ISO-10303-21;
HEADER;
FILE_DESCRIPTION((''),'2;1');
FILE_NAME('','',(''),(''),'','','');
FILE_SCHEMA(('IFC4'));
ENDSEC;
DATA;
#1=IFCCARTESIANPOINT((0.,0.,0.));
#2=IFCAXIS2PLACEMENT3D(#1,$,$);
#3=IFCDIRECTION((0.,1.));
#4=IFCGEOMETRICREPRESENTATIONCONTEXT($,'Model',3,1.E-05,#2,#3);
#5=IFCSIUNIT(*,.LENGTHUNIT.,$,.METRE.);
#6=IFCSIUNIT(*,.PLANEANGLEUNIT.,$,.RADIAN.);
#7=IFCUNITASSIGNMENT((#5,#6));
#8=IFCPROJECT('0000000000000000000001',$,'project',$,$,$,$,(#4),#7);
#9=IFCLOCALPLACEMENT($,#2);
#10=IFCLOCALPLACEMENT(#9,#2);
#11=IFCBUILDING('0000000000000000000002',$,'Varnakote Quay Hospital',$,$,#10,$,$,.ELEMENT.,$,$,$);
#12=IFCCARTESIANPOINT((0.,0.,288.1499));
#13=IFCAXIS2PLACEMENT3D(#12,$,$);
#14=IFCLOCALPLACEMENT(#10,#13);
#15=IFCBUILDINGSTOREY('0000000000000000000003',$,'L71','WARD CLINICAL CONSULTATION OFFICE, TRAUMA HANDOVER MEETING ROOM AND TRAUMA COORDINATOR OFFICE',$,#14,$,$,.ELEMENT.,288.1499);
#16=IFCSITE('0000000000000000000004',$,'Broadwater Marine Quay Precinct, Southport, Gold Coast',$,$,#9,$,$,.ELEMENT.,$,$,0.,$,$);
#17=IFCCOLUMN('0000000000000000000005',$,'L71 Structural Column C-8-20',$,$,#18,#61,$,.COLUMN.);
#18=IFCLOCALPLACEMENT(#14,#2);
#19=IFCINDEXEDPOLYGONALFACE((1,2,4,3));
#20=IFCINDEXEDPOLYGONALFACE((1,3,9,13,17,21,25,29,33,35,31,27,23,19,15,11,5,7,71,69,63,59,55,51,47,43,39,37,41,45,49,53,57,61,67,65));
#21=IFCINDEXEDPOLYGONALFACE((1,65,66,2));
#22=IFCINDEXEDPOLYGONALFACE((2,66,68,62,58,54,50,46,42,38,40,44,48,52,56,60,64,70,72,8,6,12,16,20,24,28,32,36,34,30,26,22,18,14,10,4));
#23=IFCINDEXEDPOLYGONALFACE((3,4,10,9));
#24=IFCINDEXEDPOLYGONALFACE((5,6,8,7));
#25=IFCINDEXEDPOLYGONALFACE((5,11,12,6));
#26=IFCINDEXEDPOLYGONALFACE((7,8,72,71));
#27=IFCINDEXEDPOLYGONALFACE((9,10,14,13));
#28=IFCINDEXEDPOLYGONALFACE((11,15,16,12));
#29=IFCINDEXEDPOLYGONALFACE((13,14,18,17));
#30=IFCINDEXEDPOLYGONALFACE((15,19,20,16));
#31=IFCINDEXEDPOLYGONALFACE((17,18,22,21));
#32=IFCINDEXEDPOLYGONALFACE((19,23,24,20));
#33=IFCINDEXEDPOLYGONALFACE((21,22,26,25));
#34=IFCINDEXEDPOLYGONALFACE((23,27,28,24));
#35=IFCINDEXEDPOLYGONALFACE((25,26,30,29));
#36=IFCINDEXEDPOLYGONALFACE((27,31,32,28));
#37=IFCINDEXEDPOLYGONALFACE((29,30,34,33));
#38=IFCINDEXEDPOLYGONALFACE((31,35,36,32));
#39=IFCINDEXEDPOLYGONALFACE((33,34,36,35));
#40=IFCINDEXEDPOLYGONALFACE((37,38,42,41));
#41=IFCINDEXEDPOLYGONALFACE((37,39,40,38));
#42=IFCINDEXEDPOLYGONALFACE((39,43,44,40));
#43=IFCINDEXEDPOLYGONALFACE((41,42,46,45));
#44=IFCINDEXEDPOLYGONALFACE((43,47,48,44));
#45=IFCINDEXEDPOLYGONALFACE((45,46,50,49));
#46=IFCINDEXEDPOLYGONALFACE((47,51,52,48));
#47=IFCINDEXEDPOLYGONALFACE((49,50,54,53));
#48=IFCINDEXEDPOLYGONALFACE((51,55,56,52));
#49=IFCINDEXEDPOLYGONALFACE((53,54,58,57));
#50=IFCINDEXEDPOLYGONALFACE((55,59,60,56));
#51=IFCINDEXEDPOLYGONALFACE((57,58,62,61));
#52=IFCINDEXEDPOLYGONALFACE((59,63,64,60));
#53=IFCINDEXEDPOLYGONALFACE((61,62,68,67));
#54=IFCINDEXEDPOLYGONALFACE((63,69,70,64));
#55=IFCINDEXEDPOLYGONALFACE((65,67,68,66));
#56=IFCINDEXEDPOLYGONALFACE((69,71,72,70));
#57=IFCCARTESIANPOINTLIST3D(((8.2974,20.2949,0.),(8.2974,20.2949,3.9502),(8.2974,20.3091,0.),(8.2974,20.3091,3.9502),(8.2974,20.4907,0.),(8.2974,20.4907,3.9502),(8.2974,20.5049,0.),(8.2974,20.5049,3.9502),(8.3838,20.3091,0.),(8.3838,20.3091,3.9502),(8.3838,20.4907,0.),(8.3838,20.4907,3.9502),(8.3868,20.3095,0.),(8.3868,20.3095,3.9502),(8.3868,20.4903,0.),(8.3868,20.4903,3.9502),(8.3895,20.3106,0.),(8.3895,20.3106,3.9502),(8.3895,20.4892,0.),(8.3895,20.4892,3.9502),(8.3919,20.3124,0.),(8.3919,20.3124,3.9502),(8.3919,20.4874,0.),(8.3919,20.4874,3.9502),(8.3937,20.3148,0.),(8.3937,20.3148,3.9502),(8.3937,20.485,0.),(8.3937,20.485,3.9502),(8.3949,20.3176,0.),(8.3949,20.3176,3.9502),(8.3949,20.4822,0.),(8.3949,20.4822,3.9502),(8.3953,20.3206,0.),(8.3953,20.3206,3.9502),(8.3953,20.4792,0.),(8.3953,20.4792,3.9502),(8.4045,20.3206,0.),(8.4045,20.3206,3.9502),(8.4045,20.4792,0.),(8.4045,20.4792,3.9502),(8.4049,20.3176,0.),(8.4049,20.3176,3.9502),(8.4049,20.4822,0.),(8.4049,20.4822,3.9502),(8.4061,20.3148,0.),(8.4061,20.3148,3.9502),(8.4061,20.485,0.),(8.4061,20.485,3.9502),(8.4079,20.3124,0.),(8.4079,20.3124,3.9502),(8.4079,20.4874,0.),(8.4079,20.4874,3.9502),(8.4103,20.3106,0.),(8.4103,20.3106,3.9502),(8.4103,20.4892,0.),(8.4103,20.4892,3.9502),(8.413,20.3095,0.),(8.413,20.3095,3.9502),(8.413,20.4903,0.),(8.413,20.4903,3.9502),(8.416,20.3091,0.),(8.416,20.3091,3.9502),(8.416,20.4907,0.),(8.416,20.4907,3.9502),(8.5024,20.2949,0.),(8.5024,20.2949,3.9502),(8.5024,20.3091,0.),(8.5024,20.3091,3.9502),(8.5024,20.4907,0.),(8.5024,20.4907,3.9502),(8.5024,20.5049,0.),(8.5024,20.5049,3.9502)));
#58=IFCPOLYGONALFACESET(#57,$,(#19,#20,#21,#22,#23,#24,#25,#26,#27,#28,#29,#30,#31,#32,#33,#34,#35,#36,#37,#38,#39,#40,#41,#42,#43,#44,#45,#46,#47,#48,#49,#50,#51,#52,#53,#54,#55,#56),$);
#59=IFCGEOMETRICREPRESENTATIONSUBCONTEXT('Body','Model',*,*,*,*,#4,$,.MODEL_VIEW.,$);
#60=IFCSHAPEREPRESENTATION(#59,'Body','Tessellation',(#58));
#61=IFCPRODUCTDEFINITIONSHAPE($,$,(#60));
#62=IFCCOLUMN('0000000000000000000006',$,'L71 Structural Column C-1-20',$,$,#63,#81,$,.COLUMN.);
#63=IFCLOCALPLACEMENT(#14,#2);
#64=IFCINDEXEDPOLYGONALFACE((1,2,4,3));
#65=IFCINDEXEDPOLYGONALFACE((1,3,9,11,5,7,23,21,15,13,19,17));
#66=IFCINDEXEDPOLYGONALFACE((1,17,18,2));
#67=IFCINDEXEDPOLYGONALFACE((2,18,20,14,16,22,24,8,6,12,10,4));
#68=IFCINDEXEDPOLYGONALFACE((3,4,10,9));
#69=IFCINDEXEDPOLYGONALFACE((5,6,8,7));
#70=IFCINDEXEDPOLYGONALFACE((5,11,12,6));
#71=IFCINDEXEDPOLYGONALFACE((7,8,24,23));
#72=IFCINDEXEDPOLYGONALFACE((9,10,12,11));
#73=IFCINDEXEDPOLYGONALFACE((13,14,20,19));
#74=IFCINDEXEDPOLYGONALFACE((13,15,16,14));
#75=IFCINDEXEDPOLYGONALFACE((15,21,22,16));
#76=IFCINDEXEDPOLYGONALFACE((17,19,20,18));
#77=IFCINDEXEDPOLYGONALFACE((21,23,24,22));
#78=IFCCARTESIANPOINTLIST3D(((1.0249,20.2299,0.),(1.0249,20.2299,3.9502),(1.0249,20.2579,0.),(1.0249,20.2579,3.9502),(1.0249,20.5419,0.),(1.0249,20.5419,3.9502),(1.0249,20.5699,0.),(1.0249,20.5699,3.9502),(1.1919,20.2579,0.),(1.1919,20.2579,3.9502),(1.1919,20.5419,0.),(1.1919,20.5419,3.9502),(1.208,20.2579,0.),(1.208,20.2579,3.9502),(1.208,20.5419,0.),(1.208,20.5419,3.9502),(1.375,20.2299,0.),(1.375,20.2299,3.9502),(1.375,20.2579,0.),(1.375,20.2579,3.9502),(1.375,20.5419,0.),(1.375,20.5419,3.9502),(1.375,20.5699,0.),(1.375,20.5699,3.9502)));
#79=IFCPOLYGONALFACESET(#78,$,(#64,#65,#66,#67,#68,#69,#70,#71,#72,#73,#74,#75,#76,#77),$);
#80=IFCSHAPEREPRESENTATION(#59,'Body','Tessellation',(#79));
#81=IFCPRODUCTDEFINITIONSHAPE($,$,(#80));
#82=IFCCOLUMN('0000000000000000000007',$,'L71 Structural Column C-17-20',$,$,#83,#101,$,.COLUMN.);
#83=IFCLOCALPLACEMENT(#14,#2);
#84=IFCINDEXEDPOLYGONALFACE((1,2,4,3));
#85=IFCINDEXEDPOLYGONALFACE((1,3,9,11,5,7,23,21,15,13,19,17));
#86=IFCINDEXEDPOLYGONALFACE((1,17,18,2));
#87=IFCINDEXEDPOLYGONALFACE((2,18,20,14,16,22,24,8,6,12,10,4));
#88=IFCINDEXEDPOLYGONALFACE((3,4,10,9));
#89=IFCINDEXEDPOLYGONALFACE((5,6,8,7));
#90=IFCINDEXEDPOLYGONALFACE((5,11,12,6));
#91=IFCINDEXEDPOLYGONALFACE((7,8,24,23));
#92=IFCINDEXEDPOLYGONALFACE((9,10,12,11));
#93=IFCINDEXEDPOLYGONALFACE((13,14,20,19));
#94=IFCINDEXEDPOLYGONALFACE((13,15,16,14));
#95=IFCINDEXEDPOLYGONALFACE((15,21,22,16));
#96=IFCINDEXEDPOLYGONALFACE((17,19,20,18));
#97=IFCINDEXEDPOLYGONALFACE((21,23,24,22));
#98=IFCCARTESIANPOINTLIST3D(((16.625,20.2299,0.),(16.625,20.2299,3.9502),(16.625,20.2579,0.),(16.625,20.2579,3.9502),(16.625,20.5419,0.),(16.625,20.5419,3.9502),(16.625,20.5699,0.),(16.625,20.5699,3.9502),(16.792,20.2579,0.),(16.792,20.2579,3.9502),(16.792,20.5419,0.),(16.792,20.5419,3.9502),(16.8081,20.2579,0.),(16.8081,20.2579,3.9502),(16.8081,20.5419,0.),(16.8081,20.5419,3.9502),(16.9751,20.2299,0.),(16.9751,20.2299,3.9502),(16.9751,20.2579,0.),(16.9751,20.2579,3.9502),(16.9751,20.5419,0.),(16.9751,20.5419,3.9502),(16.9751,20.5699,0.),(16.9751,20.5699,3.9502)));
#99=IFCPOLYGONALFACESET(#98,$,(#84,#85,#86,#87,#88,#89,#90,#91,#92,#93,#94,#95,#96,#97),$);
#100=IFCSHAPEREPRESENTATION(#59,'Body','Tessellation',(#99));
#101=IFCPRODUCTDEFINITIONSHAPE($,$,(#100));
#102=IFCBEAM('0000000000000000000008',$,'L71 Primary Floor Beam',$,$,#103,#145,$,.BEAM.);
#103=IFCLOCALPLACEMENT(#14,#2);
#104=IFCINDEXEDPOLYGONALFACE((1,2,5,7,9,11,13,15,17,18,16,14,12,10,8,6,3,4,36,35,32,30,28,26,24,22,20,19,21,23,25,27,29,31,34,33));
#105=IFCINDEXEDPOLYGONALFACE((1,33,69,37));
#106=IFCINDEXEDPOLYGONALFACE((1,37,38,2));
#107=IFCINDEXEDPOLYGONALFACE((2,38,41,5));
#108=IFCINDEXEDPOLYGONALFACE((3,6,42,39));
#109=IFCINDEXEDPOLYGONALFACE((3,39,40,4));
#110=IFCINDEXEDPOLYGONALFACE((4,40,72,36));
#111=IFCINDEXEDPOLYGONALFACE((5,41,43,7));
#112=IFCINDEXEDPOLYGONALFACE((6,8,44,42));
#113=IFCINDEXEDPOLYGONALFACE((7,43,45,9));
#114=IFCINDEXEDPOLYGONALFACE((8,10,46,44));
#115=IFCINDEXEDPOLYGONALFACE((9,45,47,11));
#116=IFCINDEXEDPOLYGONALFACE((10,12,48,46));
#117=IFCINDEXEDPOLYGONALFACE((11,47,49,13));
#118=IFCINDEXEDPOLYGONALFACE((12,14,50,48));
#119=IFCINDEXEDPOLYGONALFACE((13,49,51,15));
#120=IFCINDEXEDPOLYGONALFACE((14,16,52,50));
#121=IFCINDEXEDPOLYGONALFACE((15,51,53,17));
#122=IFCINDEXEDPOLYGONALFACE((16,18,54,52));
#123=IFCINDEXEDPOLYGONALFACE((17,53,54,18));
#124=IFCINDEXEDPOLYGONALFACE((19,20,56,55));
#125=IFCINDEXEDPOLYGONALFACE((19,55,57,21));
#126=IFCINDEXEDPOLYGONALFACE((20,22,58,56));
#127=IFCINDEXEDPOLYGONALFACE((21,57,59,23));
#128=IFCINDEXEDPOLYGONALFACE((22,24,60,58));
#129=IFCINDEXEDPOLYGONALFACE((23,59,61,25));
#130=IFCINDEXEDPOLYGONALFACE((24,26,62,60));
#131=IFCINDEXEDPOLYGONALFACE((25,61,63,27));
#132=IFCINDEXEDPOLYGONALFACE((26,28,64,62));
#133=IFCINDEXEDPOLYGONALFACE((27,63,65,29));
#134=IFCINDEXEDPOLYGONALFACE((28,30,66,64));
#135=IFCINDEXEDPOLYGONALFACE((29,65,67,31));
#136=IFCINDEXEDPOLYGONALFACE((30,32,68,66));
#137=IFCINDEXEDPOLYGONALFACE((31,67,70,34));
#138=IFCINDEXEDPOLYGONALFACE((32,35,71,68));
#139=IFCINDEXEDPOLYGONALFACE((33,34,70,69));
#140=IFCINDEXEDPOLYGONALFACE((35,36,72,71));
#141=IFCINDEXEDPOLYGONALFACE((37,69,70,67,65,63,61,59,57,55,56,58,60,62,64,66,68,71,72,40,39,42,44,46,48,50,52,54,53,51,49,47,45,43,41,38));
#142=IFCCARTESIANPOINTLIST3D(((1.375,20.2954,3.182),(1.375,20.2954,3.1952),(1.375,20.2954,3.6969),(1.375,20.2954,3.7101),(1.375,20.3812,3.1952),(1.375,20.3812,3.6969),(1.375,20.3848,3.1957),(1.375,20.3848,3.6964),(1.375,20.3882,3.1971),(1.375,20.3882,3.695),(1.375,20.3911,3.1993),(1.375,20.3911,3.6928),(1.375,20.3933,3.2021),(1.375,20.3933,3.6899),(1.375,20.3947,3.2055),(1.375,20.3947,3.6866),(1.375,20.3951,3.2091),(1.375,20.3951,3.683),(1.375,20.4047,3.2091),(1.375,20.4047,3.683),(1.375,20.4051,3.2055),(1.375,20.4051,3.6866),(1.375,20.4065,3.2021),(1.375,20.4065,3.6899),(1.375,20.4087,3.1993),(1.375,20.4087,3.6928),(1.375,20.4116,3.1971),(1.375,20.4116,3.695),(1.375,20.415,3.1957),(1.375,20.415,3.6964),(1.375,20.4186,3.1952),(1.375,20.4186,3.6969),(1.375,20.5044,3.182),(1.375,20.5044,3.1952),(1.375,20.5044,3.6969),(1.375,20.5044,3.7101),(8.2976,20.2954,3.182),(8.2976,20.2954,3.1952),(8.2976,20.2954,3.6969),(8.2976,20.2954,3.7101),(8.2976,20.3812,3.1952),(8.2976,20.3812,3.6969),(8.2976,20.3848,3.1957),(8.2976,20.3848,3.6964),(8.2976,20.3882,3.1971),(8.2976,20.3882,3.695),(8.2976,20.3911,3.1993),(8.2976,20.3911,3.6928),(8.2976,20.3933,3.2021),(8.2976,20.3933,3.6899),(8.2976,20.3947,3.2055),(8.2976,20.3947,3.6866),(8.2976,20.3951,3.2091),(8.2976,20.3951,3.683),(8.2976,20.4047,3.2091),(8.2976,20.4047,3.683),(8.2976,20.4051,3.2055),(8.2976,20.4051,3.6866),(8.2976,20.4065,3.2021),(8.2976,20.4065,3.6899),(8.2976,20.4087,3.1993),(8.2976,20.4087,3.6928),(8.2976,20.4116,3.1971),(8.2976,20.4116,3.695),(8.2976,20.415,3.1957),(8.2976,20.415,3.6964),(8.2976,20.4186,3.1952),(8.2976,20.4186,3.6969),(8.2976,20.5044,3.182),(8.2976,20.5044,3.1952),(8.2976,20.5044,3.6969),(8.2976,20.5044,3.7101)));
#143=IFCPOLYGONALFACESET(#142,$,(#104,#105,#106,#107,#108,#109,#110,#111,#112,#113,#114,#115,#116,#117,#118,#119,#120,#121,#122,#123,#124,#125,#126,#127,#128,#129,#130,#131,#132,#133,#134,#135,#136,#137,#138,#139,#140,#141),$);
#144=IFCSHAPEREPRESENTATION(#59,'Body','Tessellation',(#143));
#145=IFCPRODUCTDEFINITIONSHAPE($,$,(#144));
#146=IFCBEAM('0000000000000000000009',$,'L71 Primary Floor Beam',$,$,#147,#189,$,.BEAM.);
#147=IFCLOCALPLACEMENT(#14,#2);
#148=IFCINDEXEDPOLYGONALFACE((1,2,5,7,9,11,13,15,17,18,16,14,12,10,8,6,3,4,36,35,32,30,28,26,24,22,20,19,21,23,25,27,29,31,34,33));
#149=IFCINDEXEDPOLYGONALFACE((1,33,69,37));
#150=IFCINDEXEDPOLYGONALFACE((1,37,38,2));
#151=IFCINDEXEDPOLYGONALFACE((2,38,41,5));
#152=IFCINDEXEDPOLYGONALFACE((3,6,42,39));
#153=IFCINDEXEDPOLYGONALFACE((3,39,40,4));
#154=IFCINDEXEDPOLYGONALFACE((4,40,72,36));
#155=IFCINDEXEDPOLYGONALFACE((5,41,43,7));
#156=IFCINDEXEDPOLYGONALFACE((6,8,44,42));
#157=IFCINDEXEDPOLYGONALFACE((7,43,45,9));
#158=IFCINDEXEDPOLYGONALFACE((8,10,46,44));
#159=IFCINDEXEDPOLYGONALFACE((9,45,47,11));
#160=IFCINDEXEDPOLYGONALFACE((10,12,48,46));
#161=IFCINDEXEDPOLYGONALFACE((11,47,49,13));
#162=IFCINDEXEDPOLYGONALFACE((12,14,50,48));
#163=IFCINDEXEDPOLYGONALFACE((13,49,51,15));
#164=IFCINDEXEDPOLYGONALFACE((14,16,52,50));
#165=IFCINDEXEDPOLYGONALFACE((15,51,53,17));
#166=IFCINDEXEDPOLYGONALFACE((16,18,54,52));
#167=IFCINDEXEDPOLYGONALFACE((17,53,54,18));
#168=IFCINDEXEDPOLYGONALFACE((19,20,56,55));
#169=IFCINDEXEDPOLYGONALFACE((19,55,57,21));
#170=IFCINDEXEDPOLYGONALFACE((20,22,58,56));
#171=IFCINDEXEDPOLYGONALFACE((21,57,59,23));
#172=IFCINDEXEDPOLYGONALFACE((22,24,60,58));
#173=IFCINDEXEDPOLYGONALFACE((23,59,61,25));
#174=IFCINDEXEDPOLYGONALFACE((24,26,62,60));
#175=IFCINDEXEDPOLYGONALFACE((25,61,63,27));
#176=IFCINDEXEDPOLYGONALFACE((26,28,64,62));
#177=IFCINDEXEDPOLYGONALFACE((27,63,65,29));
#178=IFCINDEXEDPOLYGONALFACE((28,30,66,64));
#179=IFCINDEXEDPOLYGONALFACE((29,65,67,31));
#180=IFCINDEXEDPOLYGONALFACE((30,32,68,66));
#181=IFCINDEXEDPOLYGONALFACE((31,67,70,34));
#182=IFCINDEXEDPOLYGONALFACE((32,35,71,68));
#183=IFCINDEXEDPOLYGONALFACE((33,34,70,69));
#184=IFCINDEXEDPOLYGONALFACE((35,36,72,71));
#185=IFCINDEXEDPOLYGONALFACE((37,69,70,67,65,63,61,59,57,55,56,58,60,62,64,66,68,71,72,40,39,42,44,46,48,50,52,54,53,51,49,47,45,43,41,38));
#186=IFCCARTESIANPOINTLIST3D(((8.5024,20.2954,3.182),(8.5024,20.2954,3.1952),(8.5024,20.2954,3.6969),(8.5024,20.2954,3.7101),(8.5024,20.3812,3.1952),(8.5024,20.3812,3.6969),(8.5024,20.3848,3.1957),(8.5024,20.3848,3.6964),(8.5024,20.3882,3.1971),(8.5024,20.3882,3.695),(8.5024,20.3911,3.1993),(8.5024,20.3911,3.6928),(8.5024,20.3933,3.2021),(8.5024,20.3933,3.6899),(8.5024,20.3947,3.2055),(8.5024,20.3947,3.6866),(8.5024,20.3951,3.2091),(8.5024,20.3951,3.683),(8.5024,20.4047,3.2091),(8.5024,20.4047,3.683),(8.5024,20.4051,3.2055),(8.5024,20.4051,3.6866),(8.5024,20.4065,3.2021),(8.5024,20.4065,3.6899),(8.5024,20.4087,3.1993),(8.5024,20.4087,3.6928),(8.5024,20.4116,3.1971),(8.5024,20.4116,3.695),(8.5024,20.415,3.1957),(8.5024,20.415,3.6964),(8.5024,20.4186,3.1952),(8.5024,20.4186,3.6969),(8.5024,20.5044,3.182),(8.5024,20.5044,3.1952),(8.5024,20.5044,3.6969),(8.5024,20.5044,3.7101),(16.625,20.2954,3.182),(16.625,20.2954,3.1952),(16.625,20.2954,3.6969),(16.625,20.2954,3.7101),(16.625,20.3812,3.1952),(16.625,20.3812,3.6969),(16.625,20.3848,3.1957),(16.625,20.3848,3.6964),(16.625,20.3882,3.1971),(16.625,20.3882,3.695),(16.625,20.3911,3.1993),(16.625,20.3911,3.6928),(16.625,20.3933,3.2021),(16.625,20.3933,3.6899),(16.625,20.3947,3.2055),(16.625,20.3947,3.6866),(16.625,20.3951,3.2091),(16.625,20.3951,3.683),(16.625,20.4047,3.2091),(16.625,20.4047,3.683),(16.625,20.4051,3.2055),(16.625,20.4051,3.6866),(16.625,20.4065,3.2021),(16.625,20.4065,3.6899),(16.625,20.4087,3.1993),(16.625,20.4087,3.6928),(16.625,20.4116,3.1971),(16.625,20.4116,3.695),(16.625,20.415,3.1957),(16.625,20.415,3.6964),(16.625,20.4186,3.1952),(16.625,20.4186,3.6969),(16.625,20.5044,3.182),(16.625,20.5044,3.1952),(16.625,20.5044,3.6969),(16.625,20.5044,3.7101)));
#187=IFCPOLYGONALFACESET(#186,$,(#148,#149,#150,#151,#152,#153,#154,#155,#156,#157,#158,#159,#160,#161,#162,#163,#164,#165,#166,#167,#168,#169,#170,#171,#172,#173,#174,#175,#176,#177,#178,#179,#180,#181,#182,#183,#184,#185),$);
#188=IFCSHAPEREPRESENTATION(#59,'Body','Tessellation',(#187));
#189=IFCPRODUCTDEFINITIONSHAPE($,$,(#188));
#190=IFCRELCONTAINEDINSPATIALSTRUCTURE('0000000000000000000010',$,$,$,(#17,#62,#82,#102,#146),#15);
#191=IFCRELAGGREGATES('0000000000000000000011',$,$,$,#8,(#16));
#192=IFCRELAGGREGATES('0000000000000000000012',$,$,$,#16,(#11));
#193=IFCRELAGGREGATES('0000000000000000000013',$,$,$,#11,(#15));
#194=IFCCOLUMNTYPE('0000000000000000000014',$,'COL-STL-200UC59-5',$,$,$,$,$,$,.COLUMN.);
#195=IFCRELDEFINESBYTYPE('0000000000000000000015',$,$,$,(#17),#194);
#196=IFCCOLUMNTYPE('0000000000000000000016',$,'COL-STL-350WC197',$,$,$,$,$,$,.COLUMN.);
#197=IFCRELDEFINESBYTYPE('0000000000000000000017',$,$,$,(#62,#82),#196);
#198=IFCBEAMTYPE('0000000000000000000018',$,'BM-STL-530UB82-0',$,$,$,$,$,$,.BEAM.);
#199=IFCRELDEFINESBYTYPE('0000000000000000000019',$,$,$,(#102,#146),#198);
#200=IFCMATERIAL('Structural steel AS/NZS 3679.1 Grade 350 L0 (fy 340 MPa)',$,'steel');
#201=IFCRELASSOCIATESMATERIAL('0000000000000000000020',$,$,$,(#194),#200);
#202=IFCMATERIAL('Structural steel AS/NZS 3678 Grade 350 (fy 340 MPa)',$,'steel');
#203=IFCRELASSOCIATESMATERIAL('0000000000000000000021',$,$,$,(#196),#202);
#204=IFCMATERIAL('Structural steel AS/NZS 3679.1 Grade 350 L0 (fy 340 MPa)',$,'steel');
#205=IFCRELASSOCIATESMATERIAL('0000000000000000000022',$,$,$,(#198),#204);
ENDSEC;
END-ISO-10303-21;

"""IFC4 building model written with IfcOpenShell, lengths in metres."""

from ifc_helpers import new_model, si_unit, direction, frame, origin, origin_2d, place, context, subcontext, project, spatial, i_section, extrude, material, material_profile, profile_set, type_object, element, save


model = new_model("IFC4")

# Units and contexts
model_context = context("Model", 3, precision=1e-05, world=origin(), true_north=direction((0.0, 1.0)))
body_context = subcontext(model_context, "Body", "Model", "MODEL_VIEW")
ifc_project = project(units=[si_unit("LENGTHUNIT", "METRE"), si_unit("PLANEANGLEUNIT", "RADIAN")], contexts=[model_context])

# Site, building, storey
site_placement = place(None, origin())
site = spatial("IfcSite", under=ifc_project, at=site_placement, Name="Broadwater Marine Quay Precinct, Southport, Gold Coast", CompositionType="ELEMENT", RefElevation=0.0)
building_placement = place(site_placement, origin())
building = spatial("IfcBuilding", under=site, at=building_placement, Name="Varnakote Quay Hospital", CompositionType="ELEMENT")
storey_placement = place(building_placement, frame((0.0, 0.0, 288.1499)))
storey = spatial("IfcBuildingStorey", under=building, at=storey_placement, Name="L71", Description="WARD CLINICAL CONSULTATION OFFICE, TRAUMA HANDOVER MEETING ROOM AND TRAUMA COORDINATOR OFFICE", CompositionType="ELEMENT", Elevation=288.1499)

# Columns
ifc_material_1 = material(Name="Structural steel AS/NZS 3679.1 Grade 350 L0 (fy 340 MPa)", Category="steel")
ifc_material_profile_1 = material_profile(ifc_material_1, i_section(OverallWidth=0.2051, OverallDepth=0.21, WebThickness=0.0093, FlangeThickness=0.0142, FilletRadius=0.0115, at=origin_2d()), Name="200UC59.5")
ifc_profile_set_1 = profile_set([ifc_material_profile_1], Name="Structural steel AS/NZS 3679.1 Grade 350 L0 (fy 340 MPa)")
column_type_1 = type_object("IfcColumnType", Name="COL-STL-200UC59-5", PredefinedType="COLUMN", material=ifc_profile_set_1)
column_placement = place(storey_placement, frame((8.3999, 20.3999, 0.0), z_axis=(0.0, 0.0, 1.0), x_axis=(1.0, 0.0, 0.0)))
element("IfcColumn", 1, at=column_placement, inside=storey, type_object=column_type_1, Name="L71 Structural Column C-8-20", PredefinedType="COLUMN", context=body_context, shape_type="SweptSolid", body=[
    extrude(i_section(OverallWidth=0.2051, OverallDepth=0.21, WebThickness=0.0093, FlangeThickness=0.0142, FilletRadius=0.0115, at=origin_2d()), origin(), (0.0, 0.0, 1.0), 3.9502),
])
ifc_material_2 = material(Name="Structural steel AS/NZS 3678 Grade 350 (fy 340 MPa)", Category="steel")
ifc_material_profile_2 = material_profile(ifc_material_2, i_section(OverallWidth=0.3501, OverallDepth=0.3401, WebThickness=0.0161, FlangeThickness=0.0281, at=origin_2d()), Name="350WC197")
ifc_profile_set_2 = profile_set([ifc_material_profile_2], Name="Structural steel AS/NZS 3678 Grade 350 (fy 340 MPa)")
column_type_2 = type_object("IfcColumnType", Name="COL-STL-350WC197", PredefinedType="COLUMN", material=ifc_profile_set_2)
for number, where, z_axis, x_axis, name in (
    (2, (1.2, 20.3999, 0.0), (0.0, 0.0, 1.0), (1.0, 0.0, 0.0), "L71 Structural Column C-1-20"),
    (3, (16.8, 20.3999, 0.0), (0.0, 0.0, 1.0), (1.0, 0.0, 0.0), "L71 Structural Column C-17-20"),
):
    element("IfcColumn", number, at=place(storey_placement, frame(where, z_axis=z_axis, x_axis=x_axis)), inside=storey, type_object=column_type_2, Name=name, PredefinedType="COLUMN", context=body_context, shape_type="SweptSolid", body=[
        extrude(i_section(OverallWidth=0.3501, OverallDepth=0.3401, WebThickness=0.0161, FlangeThickness=0.0281, at=origin_2d()), origin(), (0.0, 0.0, 1.0), 3.9502),
    ])

# Beams
ifc_material_3 = material(Name="Structural steel AS/NZS 3679.1 Grade 350 L0 (fy 340 MPa)", Category="steel")
ifc_material_profile_3 = material_profile(ifc_material_3, i_section(OverallWidth=0.209, OverallDepth=0.5281, WebThickness=0.0095, FlangeThickness=0.0132, FilletRadius=0.0139, at=origin_2d()), Name="530UB82.0")
ifc_profile_set_3 = profile_set([ifc_material_profile_3], Name="Structural steel AS/NZS 3679.1 Grade 350 L0 (fy 340 MPa)")
beam_type_1 = type_object("IfcBeamType", Name="BM-STL-530UB82-0", PredefinedType="BEAM", material=ifc_profile_set_3)
beam_1_placement = place(storey_placement, frame((1.375, 20.3999, 3.446), z_axis=(1.0, 0.0, 0.0), x_axis=(0.0, 1.0, 0.0)))
element("IfcBeam", 4, at=beam_1_placement, inside=storey, type_object=beam_type_1, Name="L71 Primary Floor Beam", PredefinedType="BEAM", context=body_context, shape_type="SweptSolid", body=[
    extrude(i_section(OverallWidth=0.209, OverallDepth=0.5281, WebThickness=0.0095, FlangeThickness=0.0132, FilletRadius=0.0139, at=origin_2d()), origin(), (0.0, 0.0, 1.0), 6.9226),
])
beam_2_placement = place(storey_placement, frame((8.5024, 20.3999, 3.446), z_axis=(1.0, 0.0, 0.0), x_axis=(0.0, 1.0, 0.0)))
element("IfcBeam", 5, at=beam_2_placement, inside=storey, type_object=beam_type_1, Name="L71 Primary Floor Beam", PredefinedType="BEAM", context=body_context, shape_type="SweptSolid", body=[
    extrude(i_section(OverallWidth=0.209, OverallDepth=0.5281, WebThickness=0.0095, FlangeThickness=0.0132, FilletRadius=0.0139, at=origin_2d()), origin(), (0.0, 0.0, 1.0), 8.1226),
])

save(model, "model.ifc")
